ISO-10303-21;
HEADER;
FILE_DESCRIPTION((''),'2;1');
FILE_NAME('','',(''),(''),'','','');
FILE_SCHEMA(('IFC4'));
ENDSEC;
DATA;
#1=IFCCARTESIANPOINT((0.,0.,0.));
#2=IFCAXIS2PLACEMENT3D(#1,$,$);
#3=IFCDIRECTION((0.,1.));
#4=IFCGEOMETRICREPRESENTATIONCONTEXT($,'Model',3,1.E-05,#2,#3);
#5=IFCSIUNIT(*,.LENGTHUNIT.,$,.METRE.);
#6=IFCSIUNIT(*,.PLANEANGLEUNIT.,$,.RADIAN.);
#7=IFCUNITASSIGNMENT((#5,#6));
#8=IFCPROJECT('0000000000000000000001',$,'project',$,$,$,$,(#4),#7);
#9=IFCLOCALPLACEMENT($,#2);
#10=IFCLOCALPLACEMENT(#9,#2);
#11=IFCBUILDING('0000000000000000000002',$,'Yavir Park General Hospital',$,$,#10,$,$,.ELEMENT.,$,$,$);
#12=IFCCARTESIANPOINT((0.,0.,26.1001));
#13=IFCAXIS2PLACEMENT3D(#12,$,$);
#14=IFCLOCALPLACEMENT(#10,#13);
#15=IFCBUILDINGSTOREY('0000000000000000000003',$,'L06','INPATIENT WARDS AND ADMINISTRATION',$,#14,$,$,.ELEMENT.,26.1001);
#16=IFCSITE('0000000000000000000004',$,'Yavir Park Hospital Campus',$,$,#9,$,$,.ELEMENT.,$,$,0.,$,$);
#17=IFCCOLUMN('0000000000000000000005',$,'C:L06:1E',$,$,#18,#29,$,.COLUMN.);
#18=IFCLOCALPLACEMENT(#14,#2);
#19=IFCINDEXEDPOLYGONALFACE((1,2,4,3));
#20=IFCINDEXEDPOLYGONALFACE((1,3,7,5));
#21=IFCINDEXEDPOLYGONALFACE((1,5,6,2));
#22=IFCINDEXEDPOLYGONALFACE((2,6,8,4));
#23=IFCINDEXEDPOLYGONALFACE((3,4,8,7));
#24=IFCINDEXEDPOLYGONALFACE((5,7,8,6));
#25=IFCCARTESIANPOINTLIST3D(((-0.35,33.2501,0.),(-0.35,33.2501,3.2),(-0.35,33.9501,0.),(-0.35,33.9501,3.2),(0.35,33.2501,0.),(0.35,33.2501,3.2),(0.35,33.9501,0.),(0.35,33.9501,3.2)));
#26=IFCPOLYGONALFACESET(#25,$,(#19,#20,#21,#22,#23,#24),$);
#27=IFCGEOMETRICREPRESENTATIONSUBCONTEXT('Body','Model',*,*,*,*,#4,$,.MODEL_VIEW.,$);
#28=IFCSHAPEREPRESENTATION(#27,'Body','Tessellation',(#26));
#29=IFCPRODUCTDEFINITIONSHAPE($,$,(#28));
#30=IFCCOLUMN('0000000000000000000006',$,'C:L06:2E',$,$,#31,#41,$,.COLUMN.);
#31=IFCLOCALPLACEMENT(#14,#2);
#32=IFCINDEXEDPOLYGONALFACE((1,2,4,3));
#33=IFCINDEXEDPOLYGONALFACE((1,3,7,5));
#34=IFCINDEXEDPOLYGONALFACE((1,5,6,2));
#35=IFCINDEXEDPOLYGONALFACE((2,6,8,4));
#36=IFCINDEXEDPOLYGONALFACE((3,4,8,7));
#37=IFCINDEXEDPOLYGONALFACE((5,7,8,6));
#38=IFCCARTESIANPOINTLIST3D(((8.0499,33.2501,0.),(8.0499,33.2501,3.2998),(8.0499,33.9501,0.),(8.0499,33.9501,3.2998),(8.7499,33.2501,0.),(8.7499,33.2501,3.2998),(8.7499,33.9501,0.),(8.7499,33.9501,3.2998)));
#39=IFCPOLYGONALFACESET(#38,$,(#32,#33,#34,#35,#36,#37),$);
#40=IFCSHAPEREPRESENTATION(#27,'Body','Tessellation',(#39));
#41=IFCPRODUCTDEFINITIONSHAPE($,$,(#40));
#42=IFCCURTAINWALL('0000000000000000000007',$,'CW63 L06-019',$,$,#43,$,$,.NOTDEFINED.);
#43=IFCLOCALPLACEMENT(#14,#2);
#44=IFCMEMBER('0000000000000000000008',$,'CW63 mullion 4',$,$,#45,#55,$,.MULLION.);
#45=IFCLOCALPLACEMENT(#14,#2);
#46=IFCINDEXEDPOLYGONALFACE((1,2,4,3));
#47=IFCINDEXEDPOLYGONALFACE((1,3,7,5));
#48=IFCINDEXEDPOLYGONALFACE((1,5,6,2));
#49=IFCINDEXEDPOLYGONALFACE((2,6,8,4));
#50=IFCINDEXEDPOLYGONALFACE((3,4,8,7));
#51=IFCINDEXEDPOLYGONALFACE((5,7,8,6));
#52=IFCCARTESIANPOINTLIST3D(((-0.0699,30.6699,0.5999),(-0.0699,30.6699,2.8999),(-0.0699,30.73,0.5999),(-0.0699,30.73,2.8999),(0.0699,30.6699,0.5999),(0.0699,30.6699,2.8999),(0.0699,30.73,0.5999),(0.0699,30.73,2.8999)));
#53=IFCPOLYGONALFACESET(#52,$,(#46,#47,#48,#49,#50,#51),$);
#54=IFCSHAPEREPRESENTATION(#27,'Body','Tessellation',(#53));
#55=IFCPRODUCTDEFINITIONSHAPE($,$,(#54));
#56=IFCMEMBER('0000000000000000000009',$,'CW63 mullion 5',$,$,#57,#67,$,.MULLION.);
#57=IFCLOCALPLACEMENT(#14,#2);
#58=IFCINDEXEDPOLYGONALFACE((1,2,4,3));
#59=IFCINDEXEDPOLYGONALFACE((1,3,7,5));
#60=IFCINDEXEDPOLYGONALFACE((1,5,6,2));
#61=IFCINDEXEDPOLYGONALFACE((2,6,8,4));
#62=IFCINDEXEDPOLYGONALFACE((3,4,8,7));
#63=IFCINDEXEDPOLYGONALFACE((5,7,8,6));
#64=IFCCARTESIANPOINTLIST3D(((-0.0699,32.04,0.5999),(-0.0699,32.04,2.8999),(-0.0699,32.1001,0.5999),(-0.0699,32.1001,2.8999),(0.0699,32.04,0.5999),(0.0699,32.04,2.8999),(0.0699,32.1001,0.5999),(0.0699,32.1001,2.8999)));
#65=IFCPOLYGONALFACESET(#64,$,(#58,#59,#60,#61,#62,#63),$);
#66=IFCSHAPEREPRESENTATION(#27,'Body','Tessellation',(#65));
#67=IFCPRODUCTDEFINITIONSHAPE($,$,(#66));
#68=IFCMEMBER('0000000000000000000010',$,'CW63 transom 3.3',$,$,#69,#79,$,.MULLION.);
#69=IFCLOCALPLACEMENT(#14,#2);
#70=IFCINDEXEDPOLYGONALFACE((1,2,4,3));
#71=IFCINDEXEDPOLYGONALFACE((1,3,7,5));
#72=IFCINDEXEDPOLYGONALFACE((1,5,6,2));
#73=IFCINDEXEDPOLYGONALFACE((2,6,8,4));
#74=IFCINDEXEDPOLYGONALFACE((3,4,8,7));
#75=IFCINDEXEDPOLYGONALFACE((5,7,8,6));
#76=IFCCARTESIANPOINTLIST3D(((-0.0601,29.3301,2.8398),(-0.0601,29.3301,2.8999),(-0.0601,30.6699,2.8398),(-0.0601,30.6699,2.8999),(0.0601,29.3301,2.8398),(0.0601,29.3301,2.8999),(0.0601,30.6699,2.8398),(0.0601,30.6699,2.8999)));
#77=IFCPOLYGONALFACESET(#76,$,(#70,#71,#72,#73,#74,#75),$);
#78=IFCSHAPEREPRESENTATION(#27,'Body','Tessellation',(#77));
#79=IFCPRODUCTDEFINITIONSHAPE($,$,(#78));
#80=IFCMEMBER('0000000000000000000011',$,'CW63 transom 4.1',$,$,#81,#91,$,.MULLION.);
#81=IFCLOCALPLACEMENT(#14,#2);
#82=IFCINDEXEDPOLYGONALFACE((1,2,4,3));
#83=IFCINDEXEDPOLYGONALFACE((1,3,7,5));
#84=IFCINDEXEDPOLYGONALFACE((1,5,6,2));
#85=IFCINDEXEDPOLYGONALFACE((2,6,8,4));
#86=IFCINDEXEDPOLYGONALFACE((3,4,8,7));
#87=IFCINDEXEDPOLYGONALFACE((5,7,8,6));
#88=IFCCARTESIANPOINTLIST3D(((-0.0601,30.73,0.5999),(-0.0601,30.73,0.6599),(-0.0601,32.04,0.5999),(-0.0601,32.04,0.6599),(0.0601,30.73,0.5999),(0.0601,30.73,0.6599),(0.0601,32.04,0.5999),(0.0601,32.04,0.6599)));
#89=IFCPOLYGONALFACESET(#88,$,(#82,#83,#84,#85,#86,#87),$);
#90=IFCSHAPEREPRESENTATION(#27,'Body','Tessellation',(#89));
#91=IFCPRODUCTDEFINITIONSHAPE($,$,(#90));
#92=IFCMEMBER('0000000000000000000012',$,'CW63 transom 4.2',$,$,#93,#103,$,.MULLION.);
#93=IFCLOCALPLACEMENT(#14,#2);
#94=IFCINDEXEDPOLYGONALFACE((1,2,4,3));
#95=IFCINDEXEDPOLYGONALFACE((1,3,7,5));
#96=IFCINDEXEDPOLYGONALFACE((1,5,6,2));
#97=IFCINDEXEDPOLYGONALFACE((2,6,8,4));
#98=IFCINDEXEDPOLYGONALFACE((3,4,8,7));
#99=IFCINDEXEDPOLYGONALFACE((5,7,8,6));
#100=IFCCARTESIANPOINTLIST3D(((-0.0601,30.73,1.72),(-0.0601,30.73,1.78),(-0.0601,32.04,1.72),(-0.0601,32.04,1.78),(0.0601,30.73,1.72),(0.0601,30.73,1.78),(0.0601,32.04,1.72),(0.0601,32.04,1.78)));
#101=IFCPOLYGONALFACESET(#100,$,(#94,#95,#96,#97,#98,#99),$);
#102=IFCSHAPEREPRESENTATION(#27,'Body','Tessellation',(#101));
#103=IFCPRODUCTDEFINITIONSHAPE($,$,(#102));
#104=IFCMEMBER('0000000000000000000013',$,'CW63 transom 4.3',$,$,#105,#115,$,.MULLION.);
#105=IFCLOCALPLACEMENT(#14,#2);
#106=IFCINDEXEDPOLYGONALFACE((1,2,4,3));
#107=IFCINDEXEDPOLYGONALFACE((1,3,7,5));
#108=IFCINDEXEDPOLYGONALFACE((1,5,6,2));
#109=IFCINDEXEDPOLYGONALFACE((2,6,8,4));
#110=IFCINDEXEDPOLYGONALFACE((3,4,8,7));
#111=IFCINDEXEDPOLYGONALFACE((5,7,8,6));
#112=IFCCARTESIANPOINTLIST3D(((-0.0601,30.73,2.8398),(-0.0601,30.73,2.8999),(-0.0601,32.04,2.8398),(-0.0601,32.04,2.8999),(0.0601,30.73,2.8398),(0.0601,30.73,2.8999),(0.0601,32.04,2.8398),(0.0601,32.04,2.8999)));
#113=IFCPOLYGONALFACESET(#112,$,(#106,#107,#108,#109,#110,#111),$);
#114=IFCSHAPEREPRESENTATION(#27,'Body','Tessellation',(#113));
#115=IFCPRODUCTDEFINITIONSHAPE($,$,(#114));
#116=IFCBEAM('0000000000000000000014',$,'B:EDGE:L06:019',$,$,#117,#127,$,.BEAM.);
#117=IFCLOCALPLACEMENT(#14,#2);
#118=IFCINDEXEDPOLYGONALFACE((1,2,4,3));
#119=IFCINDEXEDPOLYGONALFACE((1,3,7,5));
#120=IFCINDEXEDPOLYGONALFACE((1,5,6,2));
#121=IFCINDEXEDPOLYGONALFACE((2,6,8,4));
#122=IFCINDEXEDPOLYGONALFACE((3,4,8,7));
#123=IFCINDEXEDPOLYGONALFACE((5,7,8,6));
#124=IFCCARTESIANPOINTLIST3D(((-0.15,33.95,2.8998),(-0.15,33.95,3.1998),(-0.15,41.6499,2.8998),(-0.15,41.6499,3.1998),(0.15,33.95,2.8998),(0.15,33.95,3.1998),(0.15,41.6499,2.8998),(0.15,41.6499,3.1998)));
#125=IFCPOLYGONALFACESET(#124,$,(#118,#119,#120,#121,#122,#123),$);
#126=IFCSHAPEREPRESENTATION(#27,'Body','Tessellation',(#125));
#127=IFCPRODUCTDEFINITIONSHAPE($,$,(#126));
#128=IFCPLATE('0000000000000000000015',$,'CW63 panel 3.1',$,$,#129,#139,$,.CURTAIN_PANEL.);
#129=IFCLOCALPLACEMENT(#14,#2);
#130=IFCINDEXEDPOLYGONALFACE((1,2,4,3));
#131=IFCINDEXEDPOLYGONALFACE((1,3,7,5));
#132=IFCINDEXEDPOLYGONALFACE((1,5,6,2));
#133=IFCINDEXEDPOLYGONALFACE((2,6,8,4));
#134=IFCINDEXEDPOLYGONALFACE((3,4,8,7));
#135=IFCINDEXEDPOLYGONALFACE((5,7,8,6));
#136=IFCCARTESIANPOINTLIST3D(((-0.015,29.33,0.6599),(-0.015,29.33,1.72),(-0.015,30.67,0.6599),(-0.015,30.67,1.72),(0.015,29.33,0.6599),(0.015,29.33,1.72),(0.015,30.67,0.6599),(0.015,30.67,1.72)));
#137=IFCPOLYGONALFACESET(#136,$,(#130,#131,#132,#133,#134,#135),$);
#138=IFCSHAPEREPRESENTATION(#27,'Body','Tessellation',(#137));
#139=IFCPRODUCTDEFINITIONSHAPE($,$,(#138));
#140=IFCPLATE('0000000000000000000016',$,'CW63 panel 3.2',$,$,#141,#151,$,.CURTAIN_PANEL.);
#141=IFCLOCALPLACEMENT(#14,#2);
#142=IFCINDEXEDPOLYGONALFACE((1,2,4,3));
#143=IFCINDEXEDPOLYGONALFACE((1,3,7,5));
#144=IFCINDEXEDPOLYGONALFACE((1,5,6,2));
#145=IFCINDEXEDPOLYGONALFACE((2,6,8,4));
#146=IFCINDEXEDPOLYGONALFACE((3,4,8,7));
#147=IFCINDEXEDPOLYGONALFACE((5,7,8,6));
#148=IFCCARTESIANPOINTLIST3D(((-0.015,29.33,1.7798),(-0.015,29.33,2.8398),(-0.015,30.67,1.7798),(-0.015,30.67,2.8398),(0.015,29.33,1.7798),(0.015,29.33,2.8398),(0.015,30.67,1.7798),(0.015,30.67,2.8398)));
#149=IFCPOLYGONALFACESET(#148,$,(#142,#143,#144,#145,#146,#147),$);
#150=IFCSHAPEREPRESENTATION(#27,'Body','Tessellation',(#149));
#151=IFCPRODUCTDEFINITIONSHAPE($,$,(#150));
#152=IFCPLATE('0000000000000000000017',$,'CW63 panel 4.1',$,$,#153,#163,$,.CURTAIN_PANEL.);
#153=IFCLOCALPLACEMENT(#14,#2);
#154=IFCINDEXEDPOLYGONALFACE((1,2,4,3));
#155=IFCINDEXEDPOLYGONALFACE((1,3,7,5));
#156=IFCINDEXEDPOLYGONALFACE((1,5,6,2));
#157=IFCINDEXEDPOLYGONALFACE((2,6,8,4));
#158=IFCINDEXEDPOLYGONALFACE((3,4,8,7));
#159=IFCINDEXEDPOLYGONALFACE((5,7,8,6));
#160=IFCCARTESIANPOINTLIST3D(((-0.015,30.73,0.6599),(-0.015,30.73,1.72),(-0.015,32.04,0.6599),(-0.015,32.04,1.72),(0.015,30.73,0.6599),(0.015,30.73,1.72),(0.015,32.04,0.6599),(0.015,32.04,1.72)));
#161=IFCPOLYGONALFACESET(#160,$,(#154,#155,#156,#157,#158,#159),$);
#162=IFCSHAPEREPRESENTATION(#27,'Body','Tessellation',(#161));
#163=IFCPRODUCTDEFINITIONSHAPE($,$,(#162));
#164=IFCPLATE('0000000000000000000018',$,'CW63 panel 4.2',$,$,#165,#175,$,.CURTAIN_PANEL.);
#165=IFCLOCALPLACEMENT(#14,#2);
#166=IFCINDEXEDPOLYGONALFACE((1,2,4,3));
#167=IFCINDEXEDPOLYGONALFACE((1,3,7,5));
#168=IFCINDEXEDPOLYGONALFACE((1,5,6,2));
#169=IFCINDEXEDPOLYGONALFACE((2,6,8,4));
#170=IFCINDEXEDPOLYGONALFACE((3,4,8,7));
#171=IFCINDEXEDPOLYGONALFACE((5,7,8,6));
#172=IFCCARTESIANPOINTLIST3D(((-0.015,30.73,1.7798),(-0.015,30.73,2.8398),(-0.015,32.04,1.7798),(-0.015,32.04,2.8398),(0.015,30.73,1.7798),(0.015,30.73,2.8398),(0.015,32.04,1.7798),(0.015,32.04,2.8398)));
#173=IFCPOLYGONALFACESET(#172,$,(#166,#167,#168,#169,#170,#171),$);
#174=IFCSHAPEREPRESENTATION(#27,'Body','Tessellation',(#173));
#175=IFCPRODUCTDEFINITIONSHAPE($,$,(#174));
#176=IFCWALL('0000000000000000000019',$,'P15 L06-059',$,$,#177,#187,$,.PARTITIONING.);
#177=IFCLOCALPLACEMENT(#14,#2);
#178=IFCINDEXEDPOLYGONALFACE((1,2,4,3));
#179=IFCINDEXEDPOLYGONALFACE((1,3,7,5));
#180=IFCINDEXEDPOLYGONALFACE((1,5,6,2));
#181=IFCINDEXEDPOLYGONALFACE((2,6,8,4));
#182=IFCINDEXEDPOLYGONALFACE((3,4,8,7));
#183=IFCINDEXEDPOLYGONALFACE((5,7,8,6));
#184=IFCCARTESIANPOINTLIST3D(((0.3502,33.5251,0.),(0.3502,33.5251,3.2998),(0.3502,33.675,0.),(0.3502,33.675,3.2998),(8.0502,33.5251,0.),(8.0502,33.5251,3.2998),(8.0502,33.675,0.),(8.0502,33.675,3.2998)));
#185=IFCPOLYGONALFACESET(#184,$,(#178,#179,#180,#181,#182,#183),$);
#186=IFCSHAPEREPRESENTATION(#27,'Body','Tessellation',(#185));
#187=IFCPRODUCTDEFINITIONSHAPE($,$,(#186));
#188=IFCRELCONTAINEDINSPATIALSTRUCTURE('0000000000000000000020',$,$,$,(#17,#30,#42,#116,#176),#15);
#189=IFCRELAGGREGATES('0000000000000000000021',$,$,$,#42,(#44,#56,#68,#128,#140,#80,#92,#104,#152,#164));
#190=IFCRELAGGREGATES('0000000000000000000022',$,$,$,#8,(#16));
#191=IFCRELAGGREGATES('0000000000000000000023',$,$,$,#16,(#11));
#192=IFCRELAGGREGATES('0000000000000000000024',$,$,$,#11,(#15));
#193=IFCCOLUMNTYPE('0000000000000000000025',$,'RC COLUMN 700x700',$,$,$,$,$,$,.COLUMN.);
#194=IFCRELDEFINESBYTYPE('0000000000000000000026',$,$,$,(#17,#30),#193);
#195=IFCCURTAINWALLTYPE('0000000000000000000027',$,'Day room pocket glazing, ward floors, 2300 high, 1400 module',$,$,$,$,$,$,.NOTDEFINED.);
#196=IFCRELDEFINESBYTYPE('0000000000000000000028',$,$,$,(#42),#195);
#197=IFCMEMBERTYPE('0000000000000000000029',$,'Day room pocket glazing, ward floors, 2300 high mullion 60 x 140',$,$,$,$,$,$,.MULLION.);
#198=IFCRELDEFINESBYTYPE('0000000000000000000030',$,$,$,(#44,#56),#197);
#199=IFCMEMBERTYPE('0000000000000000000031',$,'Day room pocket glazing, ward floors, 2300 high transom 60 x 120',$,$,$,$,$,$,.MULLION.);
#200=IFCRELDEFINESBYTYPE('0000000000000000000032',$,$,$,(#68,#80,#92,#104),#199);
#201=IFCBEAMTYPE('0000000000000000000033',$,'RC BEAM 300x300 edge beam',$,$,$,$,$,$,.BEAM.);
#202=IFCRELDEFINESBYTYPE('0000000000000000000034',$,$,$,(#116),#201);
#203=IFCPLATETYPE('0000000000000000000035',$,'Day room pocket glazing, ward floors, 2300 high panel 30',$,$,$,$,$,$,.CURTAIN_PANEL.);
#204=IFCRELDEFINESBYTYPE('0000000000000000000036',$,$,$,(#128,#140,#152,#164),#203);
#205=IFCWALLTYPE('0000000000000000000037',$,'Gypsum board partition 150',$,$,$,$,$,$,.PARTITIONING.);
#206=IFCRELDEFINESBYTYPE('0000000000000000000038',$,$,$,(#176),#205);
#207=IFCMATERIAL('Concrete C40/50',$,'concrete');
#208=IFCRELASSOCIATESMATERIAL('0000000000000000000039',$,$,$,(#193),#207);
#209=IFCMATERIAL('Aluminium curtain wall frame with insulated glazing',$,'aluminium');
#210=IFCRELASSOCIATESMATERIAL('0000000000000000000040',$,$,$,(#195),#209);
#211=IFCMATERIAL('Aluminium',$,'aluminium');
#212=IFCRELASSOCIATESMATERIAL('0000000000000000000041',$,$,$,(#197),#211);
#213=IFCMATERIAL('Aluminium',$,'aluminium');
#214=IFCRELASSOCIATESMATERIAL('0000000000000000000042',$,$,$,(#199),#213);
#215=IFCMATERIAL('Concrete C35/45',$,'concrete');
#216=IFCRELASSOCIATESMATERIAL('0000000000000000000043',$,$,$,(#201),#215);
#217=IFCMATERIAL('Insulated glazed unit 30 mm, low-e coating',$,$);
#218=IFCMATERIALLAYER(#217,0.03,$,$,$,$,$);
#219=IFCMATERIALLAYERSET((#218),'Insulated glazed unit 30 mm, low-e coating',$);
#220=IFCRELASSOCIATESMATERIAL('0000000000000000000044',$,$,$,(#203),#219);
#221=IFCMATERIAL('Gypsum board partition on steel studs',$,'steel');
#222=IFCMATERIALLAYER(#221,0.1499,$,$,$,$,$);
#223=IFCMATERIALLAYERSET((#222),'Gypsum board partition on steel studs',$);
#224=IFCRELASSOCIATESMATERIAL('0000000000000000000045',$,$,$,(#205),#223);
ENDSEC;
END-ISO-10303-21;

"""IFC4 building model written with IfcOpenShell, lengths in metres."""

from ifc_helpers import new_model, si_unit, direction, frame, frame_2d, origin, origin_2d, place, context, subcontext, project, spatial, rectangle, extrude, material, layer, layer_set, material_profile, profile_set, type_object, element, aggregate, save


model = new_model("IFC4")

# Units and contexts
model_context = context("Model", 3, precision=1e-05, world=origin(), true_north=direction((0.0, 1.0)))
body_context = subcontext(model_context, "Body", "Model", "MODEL_VIEW")
ifc_project = project(units=[si_unit("LENGTHUNIT", "METRE"), si_unit("PLANEANGLEUNIT", "RADIAN")], contexts=[model_context])

# Site, building, storey
site_placement = place(None, origin())
site = spatial("IfcSite", under=ifc_project, at=site_placement, Name="Yavir Park Hospital Campus", CompositionType="ELEMENT", RefElevation=0.0)
building_placement = place(site_placement, origin())
building = spatial("IfcBuilding", under=site, at=building_placement, Name="Yavir Park General Hospital", CompositionType="ELEMENT")
storey_placement = place(building_placement, frame((0.0, 0.0, 26.1001)))
storey = spatial("IfcBuildingStorey", under=building, at=storey_placement, Name="L06", Description="INPATIENT WARDS AND ADMINISTRATION", CompositionType="ELEMENT", Elevation=26.1001)

# Columns
ifc_material_1 = material(Name="Concrete C40/50", Category="concrete")
ifc_material_profile_1 = material_profile(ifc_material_1, rectangle(XDim=0.7, YDim=0.7, at=origin_2d()), Name="RC700x700")
ifc_profile_set_1 = profile_set([ifc_material_profile_1], Name="Concrete C40/50")
column_type = type_object("IfcColumnType", Name="RC COLUMN 700x700", PredefinedType="COLUMN", material=ifc_profile_set_1)
column_1_placement = place(storey_placement, frame((0.0, 33.6001, 0.0), z_axis=(0.0, 0.0, 1.0), x_axis=(1.0, 0.0, 0.0)))
element("IfcColumn", 1, at=column_1_placement, inside=storey, type_object=column_type, Name="C:L06:1E", PredefinedType="COLUMN", context=body_context, shape_type="SweptSolid", body=[
    extrude(rectangle(XDim=0.7, YDim=0.7, at=origin_2d()), origin(), (0.0, 0.0, 1.0), 3.2),
])
column_2_placement = place(storey_placement, frame((8.3999, 33.6001, 0.0), z_axis=(0.0, 0.0, 1.0), x_axis=(1.0, 0.0, 0.0)))
element("IfcColumn", 2, at=column_2_placement, inside=storey, type_object=column_type, Name="C:L06:2E", PredefinedType="COLUMN", context=body_context, shape_type="SweptSolid", body=[
    extrude(rectangle(XDim=0.7, YDim=0.7, at=origin_2d()), origin(), (0.0, 0.0, 1.0), 3.2998),
])

# Curtain wall, members
ifc_material_2 = material(Name="Aluminium curtain wall frame with insulated glazing", Category="aluminium")
curtain_wall_type = type_object("IfcCurtainWallType", Name="Day room pocket glazing, ward floors, 2300 high, 1400 module", PredefinedType="NOTDEFINED", material=ifc_material_2)
curtain_wall_placement = place(storey_placement, origin())
curtain_wall = element("IfcCurtainWall", 3, at=curtain_wall_placement, inside=storey, type_object=curtain_wall_type, Name="CW63 L06-019", PredefinedType="NOTDEFINED")
ifc_material_3 = material(Name="Aluminium", Category="aluminium")
ifc_material_profile_2 = material_profile(ifc_material_3, rectangle(XDim=0.1399, YDim=0.0601, at=origin_2d()), Name="AL 60x140")
ifc_profile_set_2 = profile_set([ifc_material_profile_2], Name="Aluminium")
member_type_1 = type_object("IfcMemberType", Name="Day room pocket glazing, ward floors, 2300 high mullion 60 x 140", PredefinedType="MULLION", material=ifc_profile_set_2)
member_1_placement = place(storey_placement, frame((0.0, 30.7, 0.5999), z_axis=(0.0, 0.0, 1.0), x_axis=(-1.0, 0.0, 0.0)))
member_1 = element("IfcMember", 4, at=member_1_placement, type_object=member_type_1, Name="CW63 mullion 4", PredefinedType="MULLION", context=body_context, shape_type="SweptSolid", body=[
    extrude(rectangle(XDim=0.1399, YDim=0.0601, at=origin_2d()), origin(), (0.0, 0.0, 1.0), 2.3),
])
member_2_placement = place(storey_placement, frame((0.0, 32.0701, 0.5999), z_axis=(0.0, 0.0, 1.0), x_axis=(-1.0, 0.0, 0.0)))
member_2 = element("IfcMember", 5, at=member_2_placement, type_object=member_type_1, Name="CW63 mullion 5", PredefinedType="MULLION", context=body_context, shape_type="SweptSolid", body=[
    extrude(rectangle(XDim=0.1399, YDim=0.0601, at=origin_2d()), origin(), (0.0, 0.0, 1.0), 2.3),
])
ifc_material_4 = material(Name="Aluminium", Category="aluminium")
ifc_material_profile_3 = material_profile(ifc_material_4, rectangle(XDim=0.1201, YDim=0.0601, at=origin_2d()), Name="AL 120x60")
ifc_profile_set_3 = profile_set([ifc_material_profile_3], Name="Aluminium")
member_type_2 = type_object("IfcMemberType", Name="Day room pocket glazing, ward floors, 2300 high transom 60 x 120", PredefinedType="MULLION", material=ifc_profile_set_3)
member_3_placement = place(storey_placement, frame((0.0, 29.3301, 2.8699), z_axis=(0.0, 1.0, 0.0), x_axis=(-1.0, 0.0, 0.0)))
member_3 = element("IfcMember", 6, at=member_3_placement, type_object=member_type_2, Name="CW63 transom 3.3", PredefinedType="MULLION", context=body_context, shape_type="SweptSolid", body=[
    extrude(rectangle(XDim=0.1201, YDim=0.0601, at=origin_2d()), origin(), (0.0, 0.0, 1.0), 1.3398),
])
member_4_placement = place(storey_placement, frame((0.0, 30.73, 0.6299), z_axis=(0.0, 1.0, 0.0), x_axis=(-1.0, 0.0, 0.0)))
member_4 = element("IfcMember", 7, at=member_4_placement, type_object=member_type_2, Name="CW63 transom 4.1", PredefinedType="MULLION", context=body_context, shape_type="SweptSolid", body=[
    extrude(rectangle(XDim=0.1201, YDim=0.0601, at=origin_2d()), origin(), (0.0, 0.0, 1.0), 1.3101),
])
member_5_placement = place(storey_placement, frame((0.0, 30.73, 1.75), z_axis=(0.0, 1.0, 0.0), x_axis=(-1.0, 0.0, 0.0)))
member_5 = element("IfcMember", 8, at=member_5_placement, type_object=member_type_2, Name="CW63 transom 4.2", PredefinedType="MULLION", context=body_context, shape_type="SweptSolid", body=[
    extrude(rectangle(XDim=0.1201, YDim=0.0601, at=origin_2d()), origin(), (0.0, 0.0, 1.0), 1.3101),
])
member_6_placement = place(storey_placement, frame((0.0, 30.73, 2.8699), z_axis=(0.0, 1.0, 0.0), x_axis=(-1.0, 0.0, 0.0)))
member_6 = element("IfcMember", 9, at=member_6_placement, type_object=member_type_2, Name="CW63 transom 4.3", PredefinedType="MULLION", context=body_context, shape_type="SweptSolid", body=[
    extrude(rectangle(XDim=0.1201, YDim=0.0601, at=origin_2d()), origin(), (0.0, 0.0, 1.0), 1.3101),
])

# Beam
ifc_material_5 = material(Name="Concrete C35/45", Category="concrete")
ifc_material_profile_4 = material_profile(ifc_material_5, rectangle(XDim=0.3, YDim=0.3, at=origin_2d()), Name="RC300x300")
ifc_profile_set_4 = profile_set([ifc_material_profile_4], Name="Concrete C35/45")
beam_type = type_object("IfcBeamType", Name="RC BEAM 300x300 edge beam", PredefinedType="BEAM", material=ifc_profile_set_4)
beam_placement = place(storey_placement, frame((0.0, 33.95, 3.0498), z_axis=(0.0, 1.0, 0.0), x_axis=(-1.0, 0.0, 0.0)))
element("IfcBeam", 10, at=beam_placement, inside=storey, type_object=beam_type, Name="B:EDGE:L06:019", PredefinedType="BEAM", context=body_context, shape_type="SweptSolid", body=[
    extrude(rectangle(XDim=0.3, YDim=0.3, at=origin_2d()), origin(), (0.0, 0.0, 1.0), 7.7),
])

# Plates
ifc_material_6 = material(Name="Insulated glazed unit 30 mm, low-e coating")
ifc_layer_1 = layer(ifc_material_6, 0.03)
ifc_layer_set_1 = layer_set([ifc_layer_1], Name="Insulated glazed unit 30 mm, low-e coating")
plate_type = type_object("IfcPlateType", Name="Day room pocket glazing, ward floors, 2300 high panel 30", PredefinedType="CURTAIN_PANEL", material=ifc_layer_set_1)
plate_1_placement = place(storey_placement, frame((0.0, 30.0, 0.6599), z_axis=(0.0, 0.0, 1.0), x_axis=(0.0, 1.0, 0.0)))
plate_1 = element("IfcPlate", 11, at=plate_1_placement, type_object=plate_type, Name="CW63 panel 3.1", PredefinedType="CURTAIN_PANEL", context=body_context, shape_type="SweptSolid", body=[
    extrude(rectangle(XDim=1.3401, YDim=0.03, at=origin_2d()), origin(), (0.0, 0.0, 1.0), 1.0601),
])
plate_2_placement = place(storey_placement, frame((0.0, 30.0, 1.7798), z_axis=(0.0, 0.0, 1.0), x_axis=(0.0, 1.0, 0.0)))
plate_2 = element("IfcPlate", 12, at=plate_2_placement, type_object=plate_type, Name="CW63 panel 3.2", PredefinedType="CURTAIN_PANEL", context=body_context, shape_type="SweptSolid", body=[
    extrude(rectangle(XDim=1.3401, YDim=0.03, at=origin_2d()), origin(), (0.0, 0.0, 1.0), 1.0601),
])
plate_3_placement = place(storey_placement, frame((0.0, 31.385, 0.6599), z_axis=(0.0, 0.0, 1.0), x_axis=(0.0, 1.0, 0.0)))
plate_3 = element("IfcPlate", 13, at=plate_3_placement, type_object=plate_type, Name="CW63 panel 4.1", PredefinedType="CURTAIN_PANEL", context=body_context, shape_type="SweptSolid", body=[
    extrude(rectangle(XDim=1.3101, YDim=0.03, at=origin_2d()), origin(), (0.0, 0.0, 1.0), 1.0601),
])
plate_4_placement = place(storey_placement, frame((0.0, 31.385, 1.7798), z_axis=(0.0, 0.0, 1.0), x_axis=(0.0, 1.0, 0.0)))
plate_4 = element("IfcPlate", 14, at=plate_4_placement, type_object=plate_type, Name="CW63 panel 4.2", PredefinedType="CURTAIN_PANEL", context=body_context, shape_type="SweptSolid", body=[
    extrude(rectangle(XDim=1.3101, YDim=0.03, at=origin_2d()), origin(), (0.0, 0.0, 1.0), 1.0601),
])
aggregate(curtain_wall, [member_1, member_2, member_3, plate_1, plate_2, member_4, member_5, member_6, plate_3, plate_4])

# Wall
ifc_material_7 = material(Name="Gypsum board partition on steel studs", Category="steel")
ifc_layer_2 = layer(ifc_material_7, 0.1499)
ifc_layer_set_2 = layer_set([ifc_layer_2], Name="Gypsum board partition on steel studs")
wall_type_1 = type_object("IfcWallType", Name="Gypsum board partition 150", PredefinedType="PARTITIONING", material=ifc_layer_set_2)
wall_1_placement = place(storey_placement, frame((0.3501, 33.6001, 0.0), z_axis=(0.0, 0.0, 1.0), x_axis=(1.0, 0.0, 0.0)))
element("IfcWall", 15, at=wall_1_placement, inside=storey, type_object=wall_type_1, Name="P15 L06-059", PredefinedType="PARTITIONING", context=body_context, shape_type="SweptSolid", body=[
    extrude(rectangle(XDim=7.7, YDim=0.1499, at=frame_2d((3.8501, 0.0))), origin(), (0.0, 0.0, 1.0), 3.2998),
])

save(model, "model.ifc")
